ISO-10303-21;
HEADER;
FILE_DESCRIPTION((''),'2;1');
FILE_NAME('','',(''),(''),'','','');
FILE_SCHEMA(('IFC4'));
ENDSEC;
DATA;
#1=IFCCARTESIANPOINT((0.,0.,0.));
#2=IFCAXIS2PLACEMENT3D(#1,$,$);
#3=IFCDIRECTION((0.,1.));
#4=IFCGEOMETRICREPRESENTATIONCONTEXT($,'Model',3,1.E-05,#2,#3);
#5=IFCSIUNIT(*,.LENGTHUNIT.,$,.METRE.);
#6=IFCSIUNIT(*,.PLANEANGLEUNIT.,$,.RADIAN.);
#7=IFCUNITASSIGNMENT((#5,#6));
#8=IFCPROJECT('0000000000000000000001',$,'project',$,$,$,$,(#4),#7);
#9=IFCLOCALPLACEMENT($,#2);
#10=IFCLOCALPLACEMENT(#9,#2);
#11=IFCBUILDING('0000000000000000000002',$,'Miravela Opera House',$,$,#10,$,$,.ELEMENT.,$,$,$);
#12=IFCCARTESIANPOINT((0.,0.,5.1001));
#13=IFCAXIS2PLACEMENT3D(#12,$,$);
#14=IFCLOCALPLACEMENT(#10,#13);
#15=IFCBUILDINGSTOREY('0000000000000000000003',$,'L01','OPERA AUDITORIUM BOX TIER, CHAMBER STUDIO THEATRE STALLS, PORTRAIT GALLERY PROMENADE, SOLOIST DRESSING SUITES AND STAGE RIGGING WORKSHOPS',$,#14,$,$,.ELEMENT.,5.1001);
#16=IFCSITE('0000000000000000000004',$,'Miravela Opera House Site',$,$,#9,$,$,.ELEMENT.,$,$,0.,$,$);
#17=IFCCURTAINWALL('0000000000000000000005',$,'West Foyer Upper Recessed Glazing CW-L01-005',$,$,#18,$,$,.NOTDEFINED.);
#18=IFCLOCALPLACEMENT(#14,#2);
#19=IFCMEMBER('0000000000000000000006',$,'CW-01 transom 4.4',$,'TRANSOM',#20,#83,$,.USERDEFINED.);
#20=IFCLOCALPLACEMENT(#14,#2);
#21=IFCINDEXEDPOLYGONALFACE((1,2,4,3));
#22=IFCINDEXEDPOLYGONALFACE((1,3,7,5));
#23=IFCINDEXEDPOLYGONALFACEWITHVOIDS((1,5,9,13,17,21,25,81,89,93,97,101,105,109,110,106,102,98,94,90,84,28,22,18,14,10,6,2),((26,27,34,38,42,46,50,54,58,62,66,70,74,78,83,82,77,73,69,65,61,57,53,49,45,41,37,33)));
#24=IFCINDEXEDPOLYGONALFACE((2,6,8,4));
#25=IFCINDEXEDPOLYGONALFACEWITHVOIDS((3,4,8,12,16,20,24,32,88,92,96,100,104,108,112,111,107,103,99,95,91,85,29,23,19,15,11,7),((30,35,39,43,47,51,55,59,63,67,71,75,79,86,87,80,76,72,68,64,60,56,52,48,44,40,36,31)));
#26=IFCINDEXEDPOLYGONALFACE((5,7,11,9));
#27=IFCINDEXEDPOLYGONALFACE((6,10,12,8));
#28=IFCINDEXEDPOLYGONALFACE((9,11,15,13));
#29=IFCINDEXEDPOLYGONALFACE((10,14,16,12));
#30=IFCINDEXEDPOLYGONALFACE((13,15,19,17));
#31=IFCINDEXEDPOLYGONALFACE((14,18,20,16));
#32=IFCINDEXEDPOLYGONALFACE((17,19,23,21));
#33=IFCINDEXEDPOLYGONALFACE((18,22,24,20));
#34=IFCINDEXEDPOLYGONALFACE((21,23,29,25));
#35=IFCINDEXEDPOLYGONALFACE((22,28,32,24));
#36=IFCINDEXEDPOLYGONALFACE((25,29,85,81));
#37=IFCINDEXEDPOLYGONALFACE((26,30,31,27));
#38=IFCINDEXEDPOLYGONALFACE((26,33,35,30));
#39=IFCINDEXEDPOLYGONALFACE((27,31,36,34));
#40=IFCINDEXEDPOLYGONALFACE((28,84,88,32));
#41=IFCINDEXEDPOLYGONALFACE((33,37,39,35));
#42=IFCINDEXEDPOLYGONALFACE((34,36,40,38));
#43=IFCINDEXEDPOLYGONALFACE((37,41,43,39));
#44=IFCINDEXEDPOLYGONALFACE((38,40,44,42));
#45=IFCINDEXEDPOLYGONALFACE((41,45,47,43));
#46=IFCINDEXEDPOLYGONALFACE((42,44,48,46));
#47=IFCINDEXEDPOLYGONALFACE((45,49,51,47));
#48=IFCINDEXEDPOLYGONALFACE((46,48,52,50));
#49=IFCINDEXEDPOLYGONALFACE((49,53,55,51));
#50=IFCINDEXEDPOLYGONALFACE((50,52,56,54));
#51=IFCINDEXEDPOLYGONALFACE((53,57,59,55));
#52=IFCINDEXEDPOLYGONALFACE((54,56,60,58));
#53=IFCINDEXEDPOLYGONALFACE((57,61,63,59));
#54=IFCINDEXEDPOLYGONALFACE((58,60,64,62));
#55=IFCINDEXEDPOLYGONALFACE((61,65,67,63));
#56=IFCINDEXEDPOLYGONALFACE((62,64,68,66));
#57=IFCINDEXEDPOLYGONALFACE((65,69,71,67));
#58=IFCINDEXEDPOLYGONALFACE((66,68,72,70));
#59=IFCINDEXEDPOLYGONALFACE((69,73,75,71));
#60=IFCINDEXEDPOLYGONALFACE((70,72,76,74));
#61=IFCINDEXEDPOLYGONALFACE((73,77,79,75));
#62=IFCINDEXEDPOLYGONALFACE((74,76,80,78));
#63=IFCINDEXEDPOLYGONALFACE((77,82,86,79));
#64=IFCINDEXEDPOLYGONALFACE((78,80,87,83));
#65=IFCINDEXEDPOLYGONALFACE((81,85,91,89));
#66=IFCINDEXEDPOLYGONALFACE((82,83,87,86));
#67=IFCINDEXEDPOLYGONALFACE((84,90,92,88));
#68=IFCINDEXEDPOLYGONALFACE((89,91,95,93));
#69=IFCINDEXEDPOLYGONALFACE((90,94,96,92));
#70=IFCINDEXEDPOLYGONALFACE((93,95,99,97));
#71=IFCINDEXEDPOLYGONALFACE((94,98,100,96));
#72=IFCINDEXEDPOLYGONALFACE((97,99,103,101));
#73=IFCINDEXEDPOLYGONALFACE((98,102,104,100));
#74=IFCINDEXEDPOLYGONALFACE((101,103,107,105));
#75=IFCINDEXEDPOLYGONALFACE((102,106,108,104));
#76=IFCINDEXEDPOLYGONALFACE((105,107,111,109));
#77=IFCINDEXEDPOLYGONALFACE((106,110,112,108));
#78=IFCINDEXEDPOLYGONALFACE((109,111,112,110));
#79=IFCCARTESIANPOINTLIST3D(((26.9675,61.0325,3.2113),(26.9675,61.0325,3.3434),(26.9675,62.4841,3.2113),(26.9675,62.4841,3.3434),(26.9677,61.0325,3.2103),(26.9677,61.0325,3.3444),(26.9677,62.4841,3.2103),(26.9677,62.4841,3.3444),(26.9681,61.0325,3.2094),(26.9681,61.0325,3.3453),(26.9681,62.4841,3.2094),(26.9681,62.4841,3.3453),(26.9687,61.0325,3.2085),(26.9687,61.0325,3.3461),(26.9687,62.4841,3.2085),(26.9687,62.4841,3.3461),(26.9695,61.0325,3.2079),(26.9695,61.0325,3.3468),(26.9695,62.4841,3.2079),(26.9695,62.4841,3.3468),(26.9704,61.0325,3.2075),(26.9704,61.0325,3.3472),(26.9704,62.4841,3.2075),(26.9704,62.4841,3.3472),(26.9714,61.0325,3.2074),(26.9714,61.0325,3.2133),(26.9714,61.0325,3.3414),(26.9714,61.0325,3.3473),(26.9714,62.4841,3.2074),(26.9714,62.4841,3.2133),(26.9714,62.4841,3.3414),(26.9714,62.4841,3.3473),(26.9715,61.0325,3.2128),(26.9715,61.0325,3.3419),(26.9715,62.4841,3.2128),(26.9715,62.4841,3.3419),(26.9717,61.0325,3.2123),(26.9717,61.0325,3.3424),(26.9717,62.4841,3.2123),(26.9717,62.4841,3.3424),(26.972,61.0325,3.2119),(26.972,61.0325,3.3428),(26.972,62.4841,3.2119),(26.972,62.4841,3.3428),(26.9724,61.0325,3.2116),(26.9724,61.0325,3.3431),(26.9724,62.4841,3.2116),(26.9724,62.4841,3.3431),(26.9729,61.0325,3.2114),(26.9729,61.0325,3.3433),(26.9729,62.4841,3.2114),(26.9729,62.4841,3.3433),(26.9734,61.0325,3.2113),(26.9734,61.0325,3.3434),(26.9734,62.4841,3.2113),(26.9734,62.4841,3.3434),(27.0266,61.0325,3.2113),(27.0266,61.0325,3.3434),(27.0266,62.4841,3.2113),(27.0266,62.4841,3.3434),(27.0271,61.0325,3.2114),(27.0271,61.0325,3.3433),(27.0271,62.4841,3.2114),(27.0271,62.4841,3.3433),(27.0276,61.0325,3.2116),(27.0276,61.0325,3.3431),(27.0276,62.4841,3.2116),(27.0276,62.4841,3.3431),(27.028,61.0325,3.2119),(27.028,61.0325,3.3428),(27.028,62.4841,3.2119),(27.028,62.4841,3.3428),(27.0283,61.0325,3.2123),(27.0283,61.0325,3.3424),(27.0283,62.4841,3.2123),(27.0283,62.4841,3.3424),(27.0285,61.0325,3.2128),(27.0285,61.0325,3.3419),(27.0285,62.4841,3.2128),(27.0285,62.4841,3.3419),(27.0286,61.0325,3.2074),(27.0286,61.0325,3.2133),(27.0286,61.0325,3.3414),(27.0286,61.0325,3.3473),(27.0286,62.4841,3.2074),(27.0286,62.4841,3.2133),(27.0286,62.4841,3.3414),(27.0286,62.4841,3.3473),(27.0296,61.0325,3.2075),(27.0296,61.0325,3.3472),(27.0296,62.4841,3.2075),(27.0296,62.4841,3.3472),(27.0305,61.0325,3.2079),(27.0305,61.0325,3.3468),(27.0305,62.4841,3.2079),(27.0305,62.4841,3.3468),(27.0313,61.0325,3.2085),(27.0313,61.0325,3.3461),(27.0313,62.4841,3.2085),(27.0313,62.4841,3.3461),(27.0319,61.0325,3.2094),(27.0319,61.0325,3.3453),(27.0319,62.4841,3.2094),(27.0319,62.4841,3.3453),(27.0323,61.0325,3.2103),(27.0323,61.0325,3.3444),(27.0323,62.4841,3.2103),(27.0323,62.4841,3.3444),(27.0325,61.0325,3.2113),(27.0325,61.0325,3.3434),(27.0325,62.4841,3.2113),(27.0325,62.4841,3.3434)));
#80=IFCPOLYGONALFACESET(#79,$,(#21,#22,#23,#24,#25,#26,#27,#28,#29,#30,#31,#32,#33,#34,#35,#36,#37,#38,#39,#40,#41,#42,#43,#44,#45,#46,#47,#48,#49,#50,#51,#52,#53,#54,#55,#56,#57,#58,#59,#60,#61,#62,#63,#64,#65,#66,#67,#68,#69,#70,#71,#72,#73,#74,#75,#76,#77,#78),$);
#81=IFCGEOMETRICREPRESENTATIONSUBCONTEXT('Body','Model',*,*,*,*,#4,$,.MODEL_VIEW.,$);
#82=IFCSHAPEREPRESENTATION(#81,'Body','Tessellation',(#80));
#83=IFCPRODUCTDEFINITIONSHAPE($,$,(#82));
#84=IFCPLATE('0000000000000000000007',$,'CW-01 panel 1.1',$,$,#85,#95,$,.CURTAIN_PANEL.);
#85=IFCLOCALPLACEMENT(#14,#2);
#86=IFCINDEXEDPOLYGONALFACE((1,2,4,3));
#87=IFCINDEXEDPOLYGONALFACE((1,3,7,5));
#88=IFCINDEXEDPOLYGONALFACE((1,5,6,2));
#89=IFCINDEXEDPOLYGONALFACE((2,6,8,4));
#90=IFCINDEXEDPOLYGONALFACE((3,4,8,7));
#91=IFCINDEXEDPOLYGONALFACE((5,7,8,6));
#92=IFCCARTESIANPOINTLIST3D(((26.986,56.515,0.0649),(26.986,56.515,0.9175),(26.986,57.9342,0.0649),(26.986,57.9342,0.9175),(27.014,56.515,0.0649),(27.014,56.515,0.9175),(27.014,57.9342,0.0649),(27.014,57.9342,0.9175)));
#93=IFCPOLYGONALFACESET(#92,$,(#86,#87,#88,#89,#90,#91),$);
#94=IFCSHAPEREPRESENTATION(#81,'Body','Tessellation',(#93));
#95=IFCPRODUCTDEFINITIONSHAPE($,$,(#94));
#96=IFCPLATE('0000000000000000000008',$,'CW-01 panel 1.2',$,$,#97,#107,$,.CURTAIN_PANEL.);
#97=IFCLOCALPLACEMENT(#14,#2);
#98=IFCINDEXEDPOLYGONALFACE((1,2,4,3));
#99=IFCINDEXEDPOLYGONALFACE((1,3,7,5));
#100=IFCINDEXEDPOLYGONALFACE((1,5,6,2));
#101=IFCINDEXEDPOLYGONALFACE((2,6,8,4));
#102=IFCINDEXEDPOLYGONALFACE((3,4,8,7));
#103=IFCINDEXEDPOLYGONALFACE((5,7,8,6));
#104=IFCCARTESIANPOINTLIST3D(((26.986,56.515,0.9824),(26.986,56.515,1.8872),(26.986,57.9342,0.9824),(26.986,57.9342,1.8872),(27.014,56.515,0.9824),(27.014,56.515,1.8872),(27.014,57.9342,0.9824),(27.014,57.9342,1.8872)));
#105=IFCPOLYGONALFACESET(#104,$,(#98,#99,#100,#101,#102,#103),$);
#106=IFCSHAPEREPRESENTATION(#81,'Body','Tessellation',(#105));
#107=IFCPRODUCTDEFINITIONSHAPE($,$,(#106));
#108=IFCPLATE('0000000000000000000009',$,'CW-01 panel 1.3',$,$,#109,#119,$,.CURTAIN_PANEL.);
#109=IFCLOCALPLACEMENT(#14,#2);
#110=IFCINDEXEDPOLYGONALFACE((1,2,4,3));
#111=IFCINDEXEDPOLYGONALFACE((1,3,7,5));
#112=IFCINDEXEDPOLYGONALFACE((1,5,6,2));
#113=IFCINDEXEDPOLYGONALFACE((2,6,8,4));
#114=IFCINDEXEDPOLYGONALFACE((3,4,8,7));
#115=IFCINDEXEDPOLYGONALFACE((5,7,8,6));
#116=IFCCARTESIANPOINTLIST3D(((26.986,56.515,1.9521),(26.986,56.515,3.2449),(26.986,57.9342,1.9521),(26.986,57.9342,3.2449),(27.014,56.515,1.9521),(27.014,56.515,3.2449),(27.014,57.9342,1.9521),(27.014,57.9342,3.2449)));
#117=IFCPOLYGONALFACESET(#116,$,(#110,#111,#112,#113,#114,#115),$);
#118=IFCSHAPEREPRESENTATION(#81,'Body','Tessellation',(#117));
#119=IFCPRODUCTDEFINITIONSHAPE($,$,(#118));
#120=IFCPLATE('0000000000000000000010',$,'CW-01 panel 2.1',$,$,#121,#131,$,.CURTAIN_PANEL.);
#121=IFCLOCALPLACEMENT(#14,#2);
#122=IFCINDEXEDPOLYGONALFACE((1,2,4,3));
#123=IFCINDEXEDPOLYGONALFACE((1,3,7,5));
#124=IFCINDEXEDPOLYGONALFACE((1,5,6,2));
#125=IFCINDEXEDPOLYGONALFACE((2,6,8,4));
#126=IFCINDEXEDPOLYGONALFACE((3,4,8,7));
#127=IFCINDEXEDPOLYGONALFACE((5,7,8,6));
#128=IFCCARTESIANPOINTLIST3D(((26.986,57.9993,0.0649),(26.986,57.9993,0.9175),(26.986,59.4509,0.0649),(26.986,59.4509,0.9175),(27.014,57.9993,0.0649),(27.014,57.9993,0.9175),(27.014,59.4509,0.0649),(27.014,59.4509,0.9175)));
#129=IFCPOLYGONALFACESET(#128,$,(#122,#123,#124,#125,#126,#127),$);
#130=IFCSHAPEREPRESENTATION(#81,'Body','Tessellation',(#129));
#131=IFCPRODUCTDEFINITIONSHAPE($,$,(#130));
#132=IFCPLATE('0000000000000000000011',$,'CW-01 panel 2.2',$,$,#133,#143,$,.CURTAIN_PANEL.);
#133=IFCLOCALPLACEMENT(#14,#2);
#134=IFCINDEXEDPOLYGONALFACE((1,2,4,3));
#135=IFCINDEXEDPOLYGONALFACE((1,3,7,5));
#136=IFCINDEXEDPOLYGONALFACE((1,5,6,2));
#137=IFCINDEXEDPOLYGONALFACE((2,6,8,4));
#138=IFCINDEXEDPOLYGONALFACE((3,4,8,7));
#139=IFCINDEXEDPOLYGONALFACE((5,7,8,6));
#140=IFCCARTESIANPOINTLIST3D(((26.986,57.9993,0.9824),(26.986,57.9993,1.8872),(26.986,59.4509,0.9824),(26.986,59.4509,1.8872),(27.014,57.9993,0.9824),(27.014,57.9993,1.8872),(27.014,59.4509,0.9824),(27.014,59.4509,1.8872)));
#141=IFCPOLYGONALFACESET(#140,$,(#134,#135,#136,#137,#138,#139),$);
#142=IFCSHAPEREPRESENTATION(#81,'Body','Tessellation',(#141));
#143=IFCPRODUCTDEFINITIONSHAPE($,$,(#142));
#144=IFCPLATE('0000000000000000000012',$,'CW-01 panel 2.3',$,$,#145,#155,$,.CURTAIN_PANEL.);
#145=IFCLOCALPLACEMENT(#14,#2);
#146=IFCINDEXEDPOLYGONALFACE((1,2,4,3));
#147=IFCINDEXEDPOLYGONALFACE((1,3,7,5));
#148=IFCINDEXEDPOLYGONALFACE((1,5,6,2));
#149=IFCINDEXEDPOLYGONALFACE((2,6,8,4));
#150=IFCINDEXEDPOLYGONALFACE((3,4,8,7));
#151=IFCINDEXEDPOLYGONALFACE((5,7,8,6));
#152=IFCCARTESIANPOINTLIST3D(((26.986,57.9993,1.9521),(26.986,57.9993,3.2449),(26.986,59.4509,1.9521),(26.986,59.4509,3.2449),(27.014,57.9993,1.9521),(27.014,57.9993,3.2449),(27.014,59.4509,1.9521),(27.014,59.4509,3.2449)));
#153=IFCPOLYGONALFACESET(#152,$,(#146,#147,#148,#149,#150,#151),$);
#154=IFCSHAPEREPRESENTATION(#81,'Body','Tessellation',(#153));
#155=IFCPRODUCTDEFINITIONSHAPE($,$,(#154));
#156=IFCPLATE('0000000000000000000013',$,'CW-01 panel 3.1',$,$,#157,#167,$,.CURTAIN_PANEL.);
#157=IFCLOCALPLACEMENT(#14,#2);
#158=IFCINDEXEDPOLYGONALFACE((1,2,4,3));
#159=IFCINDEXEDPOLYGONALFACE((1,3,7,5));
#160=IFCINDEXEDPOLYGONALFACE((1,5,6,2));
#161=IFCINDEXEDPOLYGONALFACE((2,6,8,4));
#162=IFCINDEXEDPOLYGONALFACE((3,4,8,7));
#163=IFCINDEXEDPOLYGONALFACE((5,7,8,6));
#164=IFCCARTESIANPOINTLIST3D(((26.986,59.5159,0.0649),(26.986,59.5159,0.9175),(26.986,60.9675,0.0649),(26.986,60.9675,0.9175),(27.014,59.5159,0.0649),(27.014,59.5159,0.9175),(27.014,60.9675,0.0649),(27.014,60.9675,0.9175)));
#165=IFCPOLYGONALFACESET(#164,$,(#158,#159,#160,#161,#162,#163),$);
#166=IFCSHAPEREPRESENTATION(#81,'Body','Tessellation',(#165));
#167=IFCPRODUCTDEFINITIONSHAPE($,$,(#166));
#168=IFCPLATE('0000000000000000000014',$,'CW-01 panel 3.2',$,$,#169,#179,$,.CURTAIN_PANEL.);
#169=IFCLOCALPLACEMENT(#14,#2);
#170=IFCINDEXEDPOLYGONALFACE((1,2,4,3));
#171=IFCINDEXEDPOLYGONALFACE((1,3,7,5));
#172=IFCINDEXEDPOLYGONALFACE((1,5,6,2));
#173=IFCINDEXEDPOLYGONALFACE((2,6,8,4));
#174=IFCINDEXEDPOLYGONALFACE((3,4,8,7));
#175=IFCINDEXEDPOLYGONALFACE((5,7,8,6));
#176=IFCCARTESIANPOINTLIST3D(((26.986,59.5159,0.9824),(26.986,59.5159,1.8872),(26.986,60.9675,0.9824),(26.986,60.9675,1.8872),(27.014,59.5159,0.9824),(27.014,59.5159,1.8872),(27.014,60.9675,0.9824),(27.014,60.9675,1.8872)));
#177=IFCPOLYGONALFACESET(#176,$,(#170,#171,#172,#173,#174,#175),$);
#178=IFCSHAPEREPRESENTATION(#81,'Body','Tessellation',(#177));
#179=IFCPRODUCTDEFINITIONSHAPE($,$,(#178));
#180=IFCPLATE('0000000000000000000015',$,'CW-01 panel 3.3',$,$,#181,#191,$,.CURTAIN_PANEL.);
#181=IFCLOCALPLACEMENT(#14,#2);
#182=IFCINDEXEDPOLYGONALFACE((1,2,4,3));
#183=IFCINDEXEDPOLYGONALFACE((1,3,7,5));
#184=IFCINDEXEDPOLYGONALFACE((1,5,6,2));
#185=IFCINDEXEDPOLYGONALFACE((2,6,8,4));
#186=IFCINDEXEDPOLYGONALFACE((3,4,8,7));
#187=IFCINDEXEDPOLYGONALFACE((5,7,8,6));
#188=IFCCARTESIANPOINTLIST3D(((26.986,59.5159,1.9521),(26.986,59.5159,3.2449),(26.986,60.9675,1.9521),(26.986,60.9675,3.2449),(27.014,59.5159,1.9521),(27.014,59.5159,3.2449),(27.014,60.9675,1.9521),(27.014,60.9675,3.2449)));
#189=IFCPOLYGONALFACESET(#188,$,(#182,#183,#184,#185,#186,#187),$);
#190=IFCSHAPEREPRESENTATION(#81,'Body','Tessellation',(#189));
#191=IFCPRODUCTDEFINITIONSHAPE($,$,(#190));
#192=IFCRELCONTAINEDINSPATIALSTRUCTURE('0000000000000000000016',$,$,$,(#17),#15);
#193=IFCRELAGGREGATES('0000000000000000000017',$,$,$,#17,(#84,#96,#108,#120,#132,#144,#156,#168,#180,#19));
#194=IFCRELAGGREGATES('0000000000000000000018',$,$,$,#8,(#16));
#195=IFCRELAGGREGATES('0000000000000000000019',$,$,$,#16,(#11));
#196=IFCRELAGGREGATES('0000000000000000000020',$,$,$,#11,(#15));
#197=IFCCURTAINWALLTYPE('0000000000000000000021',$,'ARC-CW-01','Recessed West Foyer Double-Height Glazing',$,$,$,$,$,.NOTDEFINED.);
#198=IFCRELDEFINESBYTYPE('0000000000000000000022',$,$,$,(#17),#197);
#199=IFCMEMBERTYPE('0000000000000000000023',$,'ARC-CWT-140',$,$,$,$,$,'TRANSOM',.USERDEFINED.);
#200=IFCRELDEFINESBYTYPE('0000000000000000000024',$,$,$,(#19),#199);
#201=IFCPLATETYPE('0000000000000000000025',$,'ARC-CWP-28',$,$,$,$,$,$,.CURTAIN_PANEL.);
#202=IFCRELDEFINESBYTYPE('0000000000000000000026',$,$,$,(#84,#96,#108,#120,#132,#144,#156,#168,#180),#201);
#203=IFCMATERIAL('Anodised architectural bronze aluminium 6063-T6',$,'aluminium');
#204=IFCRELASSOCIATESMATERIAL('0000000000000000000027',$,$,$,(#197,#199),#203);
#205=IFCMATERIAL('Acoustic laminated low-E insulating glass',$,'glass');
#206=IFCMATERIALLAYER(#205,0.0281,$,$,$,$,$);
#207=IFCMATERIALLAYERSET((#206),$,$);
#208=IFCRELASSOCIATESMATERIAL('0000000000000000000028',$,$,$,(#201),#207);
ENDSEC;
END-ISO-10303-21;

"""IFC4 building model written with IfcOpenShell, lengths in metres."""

from ifc_helpers import new_model, si_unit, direction, frame, origin, origin_2d, place, context, subcontext, project, spatial, rectangle, hollow_rectangle, extrude, material, layer, layer_set, material_profile, profile_set, type_object, element, aggregate, save


model = new_model("IFC4")

# Units and contexts
model_context = context("Model", 3, precision=1e-05, world=origin(), true_north=direction((0.0, 1.0)))
body_context = subcontext(model_context, "Body", "Model", "MODEL_VIEW")
ifc_project = project(units=[si_unit("LENGTHUNIT", "METRE"), si_unit("PLANEANGLEUNIT", "RADIAN")], contexts=[model_context])

# Site, building, storey
site_placement = place(None, origin())
site = spatial("IfcSite", under=ifc_project, at=site_placement, Name="Miravela Opera House Site", CompositionType="ELEMENT", RefElevation=0.0)
building_placement = place(site_placement, origin())
building = spatial("IfcBuilding", under=site, at=building_placement, Name="Miravela Opera House", CompositionType="ELEMENT")
storey_placement = place(building_placement, frame((0.0, 0.0, 5.1001)))
storey = spatial("IfcBuildingStorey", under=building, at=storey_placement, Name="L01", Description="OPERA AUDITORIUM BOX TIER, CHAMBER STUDIO THEATRE STALLS, PORTRAIT GALLERY PROMENADE, SOLOIST DRESSING SUITES AND STAGE RIGGING WORKSHOPS", CompositionType="ELEMENT", Elevation=5.1001)

# Curtain wall, member, plates
ifc_material_1 = material(Name="Anodised architectural bronze aluminium 6063-T6", Category="aluminium")
curtain_wall_type = type_object("IfcCurtainWallType", Name="ARC-CW-01", Description="Recessed West Foyer Double-Height Glazing", PredefinedType="NOTDEFINED", material=ifc_material_1)
curtain_wall_placement = place(storey_placement, origin())
curtain_wall = element("IfcCurtainWall", 1, at=curtain_wall_placement, inside=storey, type_object=curtain_wall_type, Name="West Foyer Upper Recessed Glazing CW-L01-005", PredefinedType="NOTDEFINED")
ifc_material_profile_1 = material_profile(ifc_material_1, hollow_rectangle(XDim=0.0649, YDim=0.1399, WallThickness=0.0039, InnerFilletRadius=0.002, OuterFilletRadius=0.0039, at=origin_2d()), Name="CWT-65X140")
ifc_profile_set_1 = profile_set([ifc_material_profile_1])
member_type_1 = type_object("IfcMemberType", Name="ARC-CWT-140", ElementType="TRANSOM", PredefinedType="USERDEFINED", material=ifc_profile_set_1)
member_1_placement = place(storey_placement, frame((27.0, 61.0325, 3.2773), z_axis=(0.0, 1.0, 0.0), x_axis=(-1.0, 0.0, 0.0)))
member_1 = element("IfcMember", 2, at=member_1_placement, type_object=member_type_1, Name="CW-01 transom 4.4", ObjectType="TRANSOM", PredefinedType="USERDEFINED", context=body_context, shape_type="SweptSolid", body=[
    extrude(hollow_rectangle(XDim=0.0649, YDim=0.1399, WallThickness=0.0039, InnerFilletRadius=0.002, OuterFilletRadius=0.0039, at=origin_2d()), origin(), (0.0, 0.0, 1.0), 1.4517),
])
ifc_material_2 = material(Name="Acoustic laminated low-E insulating glass", Category="glass")
ifc_layer = layer(ifc_material_2, 0.0281)
ifc_layer_set = layer_set([ifc_layer])
plate_type = type_object("IfcPlateType", Name="ARC-CWP-28", PredefinedType="CURTAIN_PANEL", material=ifc_layer_set)
plate_1_placement = place(storey_placement, frame((27.0, 57.2246, 0.0649), z_axis=(0.0, 0.0, 1.0), x_axis=(0.0, 1.0, 0.0)))
plate_1 = element("IfcPlate", 3, at=plate_1_placement, type_object=plate_type, Name="CW-01 panel 1.1", PredefinedType="CURTAIN_PANEL", context=body_context, shape_type="SweptSolid", body=[
    extrude(rectangle(XDim=1.4192, YDim=0.0281, at=origin_2d()), origin(), (0.0, 0.0, 1.0), 0.8525),
])
plate_2_placement = place(storey_placement, frame((27.0, 57.2246, 0.9824), z_axis=(0.0, 0.0, 1.0), x_axis=(0.0, 1.0, 0.0)))
plate_2 = element("IfcPlate", 4, at=plate_2_placement, type_object=plate_type, Name="CW-01 panel 1.2", PredefinedType="CURTAIN_PANEL", context=body_context, shape_type="SweptSolid", body=[
    extrude(rectangle(XDim=1.4192, YDim=0.0281, at=origin_2d()), origin(), (0.0, 0.0, 1.0), 0.9048),
])
plate_3_placement = place(storey_placement, frame((27.0, 57.2246, 1.9521), z_axis=(0.0, 0.0, 1.0), x_axis=(0.0, 1.0, 0.0)))
plate_3 = element("IfcPlate", 5, at=plate_3_placement, type_object=plate_type, Name="CW-01 panel 1.3", PredefinedType="CURTAIN_PANEL", context=body_context, shape_type="SweptSolid", body=[
    extrude(rectangle(XDim=1.4192, YDim=0.0281, at=origin_2d()), origin(), (0.0, 0.0, 1.0), 1.2927),
])
plate_4_placement = place(storey_placement, frame((27.0, 58.7251, 0.0649), z_axis=(0.0, 0.0, 1.0), x_axis=(0.0, 1.0, 0.0)))
plate_4 = element("IfcPlate", 6, at=plate_4_placement, type_object=plate_type, Name="CW-01 panel 2.1", PredefinedType="CURTAIN_PANEL", context=body_context, shape_type="SweptSolid", body=[
    extrude(rectangle(XDim=1.4517, YDim=0.0281, at=origin_2d()), origin(), (0.0, 0.0, 1.0), 0.8525),
])
plate_5_placement = place(storey_placement, frame((27.0, 58.7251, 0.9824), z_axis=(0.0, 0.0, 1.0), x_axis=(0.0, 1.0, 0.0)))
plate_5 = element("IfcPlate", 7, at=plate_5_placement, type_object=plate_type, Name="CW-01 panel 2.2", PredefinedType="CURTAIN_PANEL", context=body_context, shape_type="SweptSolid", body=[
    extrude(rectangle(XDim=1.4517, YDim=0.0281, at=origin_2d()), origin(), (0.0, 0.0, 1.0), 0.9048),
])
plate_6_placement = place(storey_placement, frame((27.0, 58.7251, 1.9521), z_axis=(0.0, 0.0, 1.0), x_axis=(0.0, 1.0, 0.0)))
plate_6 = element("IfcPlate", 8, at=plate_6_placement, type_object=plate_type, Name="CW-01 panel 2.3", PredefinedType="CURTAIN_PANEL", context=body_context, shape_type="SweptSolid", body=[
    extrude(rectangle(XDim=1.4517, YDim=0.0281, at=origin_2d()), origin(), (0.0, 0.0, 1.0), 1.2927),
])
plate_7_placement = place(storey_placement, frame((27.0, 60.2417, 0.0649), z_axis=(0.0, 0.0, 1.0), x_axis=(0.0, 1.0, 0.0)))
plate_7 = element("IfcPlate", 9, at=plate_7_placement, type_object=plate_type, Name="CW-01 panel 3.1", PredefinedType="CURTAIN_PANEL", context=body_context, shape_type="SweptSolid", body=[
    extrude(rectangle(XDim=1.4517, YDim=0.0281, at=origin_2d()), origin(), (0.0, 0.0, 1.0), 0.8525),
])
plate_8_placement = place(storey_placement, frame((27.0, 60.2417, 0.9824), z_axis=(0.0, 0.0, 1.0), x_axis=(0.0, 1.0, 0.0)))
plate_8 = element("IfcPlate", 10, at=plate_8_placement, type_object=plate_type, Name="CW-01 panel 3.2", PredefinedType="CURTAIN_PANEL", context=body_context, shape_type="SweptSolid", body=[
    extrude(rectangle(XDim=1.4517, YDim=0.0281, at=origin_2d()), origin(), (0.0, 0.0, 1.0), 0.9048),
])
plate_9_placement = place(storey_placement, frame((27.0, 60.2417, 1.9521), z_axis=(0.0, 0.0, 1.0), x_axis=(0.0, 1.0, 0.0)))
plate_9 = element("IfcPlate", 11, at=plate_9_placement, type_object=plate_type, Name="CW-01 panel 3.3", PredefinedType="CURTAIN_PANEL", context=body_context, shape_type="SweptSolid", body=[
    extrude(rectangle(XDim=1.4517, YDim=0.0281, at=origin_2d()), origin(), (0.0, 0.0, 1.0), 1.2927),
])
aggregate(curtain_wall, [plate_1, plate_2, plate_3, plate_4, plate_5, plate_6, plate_7, plate_8, plate_9, member_1])

save(model, "model.ifc")
